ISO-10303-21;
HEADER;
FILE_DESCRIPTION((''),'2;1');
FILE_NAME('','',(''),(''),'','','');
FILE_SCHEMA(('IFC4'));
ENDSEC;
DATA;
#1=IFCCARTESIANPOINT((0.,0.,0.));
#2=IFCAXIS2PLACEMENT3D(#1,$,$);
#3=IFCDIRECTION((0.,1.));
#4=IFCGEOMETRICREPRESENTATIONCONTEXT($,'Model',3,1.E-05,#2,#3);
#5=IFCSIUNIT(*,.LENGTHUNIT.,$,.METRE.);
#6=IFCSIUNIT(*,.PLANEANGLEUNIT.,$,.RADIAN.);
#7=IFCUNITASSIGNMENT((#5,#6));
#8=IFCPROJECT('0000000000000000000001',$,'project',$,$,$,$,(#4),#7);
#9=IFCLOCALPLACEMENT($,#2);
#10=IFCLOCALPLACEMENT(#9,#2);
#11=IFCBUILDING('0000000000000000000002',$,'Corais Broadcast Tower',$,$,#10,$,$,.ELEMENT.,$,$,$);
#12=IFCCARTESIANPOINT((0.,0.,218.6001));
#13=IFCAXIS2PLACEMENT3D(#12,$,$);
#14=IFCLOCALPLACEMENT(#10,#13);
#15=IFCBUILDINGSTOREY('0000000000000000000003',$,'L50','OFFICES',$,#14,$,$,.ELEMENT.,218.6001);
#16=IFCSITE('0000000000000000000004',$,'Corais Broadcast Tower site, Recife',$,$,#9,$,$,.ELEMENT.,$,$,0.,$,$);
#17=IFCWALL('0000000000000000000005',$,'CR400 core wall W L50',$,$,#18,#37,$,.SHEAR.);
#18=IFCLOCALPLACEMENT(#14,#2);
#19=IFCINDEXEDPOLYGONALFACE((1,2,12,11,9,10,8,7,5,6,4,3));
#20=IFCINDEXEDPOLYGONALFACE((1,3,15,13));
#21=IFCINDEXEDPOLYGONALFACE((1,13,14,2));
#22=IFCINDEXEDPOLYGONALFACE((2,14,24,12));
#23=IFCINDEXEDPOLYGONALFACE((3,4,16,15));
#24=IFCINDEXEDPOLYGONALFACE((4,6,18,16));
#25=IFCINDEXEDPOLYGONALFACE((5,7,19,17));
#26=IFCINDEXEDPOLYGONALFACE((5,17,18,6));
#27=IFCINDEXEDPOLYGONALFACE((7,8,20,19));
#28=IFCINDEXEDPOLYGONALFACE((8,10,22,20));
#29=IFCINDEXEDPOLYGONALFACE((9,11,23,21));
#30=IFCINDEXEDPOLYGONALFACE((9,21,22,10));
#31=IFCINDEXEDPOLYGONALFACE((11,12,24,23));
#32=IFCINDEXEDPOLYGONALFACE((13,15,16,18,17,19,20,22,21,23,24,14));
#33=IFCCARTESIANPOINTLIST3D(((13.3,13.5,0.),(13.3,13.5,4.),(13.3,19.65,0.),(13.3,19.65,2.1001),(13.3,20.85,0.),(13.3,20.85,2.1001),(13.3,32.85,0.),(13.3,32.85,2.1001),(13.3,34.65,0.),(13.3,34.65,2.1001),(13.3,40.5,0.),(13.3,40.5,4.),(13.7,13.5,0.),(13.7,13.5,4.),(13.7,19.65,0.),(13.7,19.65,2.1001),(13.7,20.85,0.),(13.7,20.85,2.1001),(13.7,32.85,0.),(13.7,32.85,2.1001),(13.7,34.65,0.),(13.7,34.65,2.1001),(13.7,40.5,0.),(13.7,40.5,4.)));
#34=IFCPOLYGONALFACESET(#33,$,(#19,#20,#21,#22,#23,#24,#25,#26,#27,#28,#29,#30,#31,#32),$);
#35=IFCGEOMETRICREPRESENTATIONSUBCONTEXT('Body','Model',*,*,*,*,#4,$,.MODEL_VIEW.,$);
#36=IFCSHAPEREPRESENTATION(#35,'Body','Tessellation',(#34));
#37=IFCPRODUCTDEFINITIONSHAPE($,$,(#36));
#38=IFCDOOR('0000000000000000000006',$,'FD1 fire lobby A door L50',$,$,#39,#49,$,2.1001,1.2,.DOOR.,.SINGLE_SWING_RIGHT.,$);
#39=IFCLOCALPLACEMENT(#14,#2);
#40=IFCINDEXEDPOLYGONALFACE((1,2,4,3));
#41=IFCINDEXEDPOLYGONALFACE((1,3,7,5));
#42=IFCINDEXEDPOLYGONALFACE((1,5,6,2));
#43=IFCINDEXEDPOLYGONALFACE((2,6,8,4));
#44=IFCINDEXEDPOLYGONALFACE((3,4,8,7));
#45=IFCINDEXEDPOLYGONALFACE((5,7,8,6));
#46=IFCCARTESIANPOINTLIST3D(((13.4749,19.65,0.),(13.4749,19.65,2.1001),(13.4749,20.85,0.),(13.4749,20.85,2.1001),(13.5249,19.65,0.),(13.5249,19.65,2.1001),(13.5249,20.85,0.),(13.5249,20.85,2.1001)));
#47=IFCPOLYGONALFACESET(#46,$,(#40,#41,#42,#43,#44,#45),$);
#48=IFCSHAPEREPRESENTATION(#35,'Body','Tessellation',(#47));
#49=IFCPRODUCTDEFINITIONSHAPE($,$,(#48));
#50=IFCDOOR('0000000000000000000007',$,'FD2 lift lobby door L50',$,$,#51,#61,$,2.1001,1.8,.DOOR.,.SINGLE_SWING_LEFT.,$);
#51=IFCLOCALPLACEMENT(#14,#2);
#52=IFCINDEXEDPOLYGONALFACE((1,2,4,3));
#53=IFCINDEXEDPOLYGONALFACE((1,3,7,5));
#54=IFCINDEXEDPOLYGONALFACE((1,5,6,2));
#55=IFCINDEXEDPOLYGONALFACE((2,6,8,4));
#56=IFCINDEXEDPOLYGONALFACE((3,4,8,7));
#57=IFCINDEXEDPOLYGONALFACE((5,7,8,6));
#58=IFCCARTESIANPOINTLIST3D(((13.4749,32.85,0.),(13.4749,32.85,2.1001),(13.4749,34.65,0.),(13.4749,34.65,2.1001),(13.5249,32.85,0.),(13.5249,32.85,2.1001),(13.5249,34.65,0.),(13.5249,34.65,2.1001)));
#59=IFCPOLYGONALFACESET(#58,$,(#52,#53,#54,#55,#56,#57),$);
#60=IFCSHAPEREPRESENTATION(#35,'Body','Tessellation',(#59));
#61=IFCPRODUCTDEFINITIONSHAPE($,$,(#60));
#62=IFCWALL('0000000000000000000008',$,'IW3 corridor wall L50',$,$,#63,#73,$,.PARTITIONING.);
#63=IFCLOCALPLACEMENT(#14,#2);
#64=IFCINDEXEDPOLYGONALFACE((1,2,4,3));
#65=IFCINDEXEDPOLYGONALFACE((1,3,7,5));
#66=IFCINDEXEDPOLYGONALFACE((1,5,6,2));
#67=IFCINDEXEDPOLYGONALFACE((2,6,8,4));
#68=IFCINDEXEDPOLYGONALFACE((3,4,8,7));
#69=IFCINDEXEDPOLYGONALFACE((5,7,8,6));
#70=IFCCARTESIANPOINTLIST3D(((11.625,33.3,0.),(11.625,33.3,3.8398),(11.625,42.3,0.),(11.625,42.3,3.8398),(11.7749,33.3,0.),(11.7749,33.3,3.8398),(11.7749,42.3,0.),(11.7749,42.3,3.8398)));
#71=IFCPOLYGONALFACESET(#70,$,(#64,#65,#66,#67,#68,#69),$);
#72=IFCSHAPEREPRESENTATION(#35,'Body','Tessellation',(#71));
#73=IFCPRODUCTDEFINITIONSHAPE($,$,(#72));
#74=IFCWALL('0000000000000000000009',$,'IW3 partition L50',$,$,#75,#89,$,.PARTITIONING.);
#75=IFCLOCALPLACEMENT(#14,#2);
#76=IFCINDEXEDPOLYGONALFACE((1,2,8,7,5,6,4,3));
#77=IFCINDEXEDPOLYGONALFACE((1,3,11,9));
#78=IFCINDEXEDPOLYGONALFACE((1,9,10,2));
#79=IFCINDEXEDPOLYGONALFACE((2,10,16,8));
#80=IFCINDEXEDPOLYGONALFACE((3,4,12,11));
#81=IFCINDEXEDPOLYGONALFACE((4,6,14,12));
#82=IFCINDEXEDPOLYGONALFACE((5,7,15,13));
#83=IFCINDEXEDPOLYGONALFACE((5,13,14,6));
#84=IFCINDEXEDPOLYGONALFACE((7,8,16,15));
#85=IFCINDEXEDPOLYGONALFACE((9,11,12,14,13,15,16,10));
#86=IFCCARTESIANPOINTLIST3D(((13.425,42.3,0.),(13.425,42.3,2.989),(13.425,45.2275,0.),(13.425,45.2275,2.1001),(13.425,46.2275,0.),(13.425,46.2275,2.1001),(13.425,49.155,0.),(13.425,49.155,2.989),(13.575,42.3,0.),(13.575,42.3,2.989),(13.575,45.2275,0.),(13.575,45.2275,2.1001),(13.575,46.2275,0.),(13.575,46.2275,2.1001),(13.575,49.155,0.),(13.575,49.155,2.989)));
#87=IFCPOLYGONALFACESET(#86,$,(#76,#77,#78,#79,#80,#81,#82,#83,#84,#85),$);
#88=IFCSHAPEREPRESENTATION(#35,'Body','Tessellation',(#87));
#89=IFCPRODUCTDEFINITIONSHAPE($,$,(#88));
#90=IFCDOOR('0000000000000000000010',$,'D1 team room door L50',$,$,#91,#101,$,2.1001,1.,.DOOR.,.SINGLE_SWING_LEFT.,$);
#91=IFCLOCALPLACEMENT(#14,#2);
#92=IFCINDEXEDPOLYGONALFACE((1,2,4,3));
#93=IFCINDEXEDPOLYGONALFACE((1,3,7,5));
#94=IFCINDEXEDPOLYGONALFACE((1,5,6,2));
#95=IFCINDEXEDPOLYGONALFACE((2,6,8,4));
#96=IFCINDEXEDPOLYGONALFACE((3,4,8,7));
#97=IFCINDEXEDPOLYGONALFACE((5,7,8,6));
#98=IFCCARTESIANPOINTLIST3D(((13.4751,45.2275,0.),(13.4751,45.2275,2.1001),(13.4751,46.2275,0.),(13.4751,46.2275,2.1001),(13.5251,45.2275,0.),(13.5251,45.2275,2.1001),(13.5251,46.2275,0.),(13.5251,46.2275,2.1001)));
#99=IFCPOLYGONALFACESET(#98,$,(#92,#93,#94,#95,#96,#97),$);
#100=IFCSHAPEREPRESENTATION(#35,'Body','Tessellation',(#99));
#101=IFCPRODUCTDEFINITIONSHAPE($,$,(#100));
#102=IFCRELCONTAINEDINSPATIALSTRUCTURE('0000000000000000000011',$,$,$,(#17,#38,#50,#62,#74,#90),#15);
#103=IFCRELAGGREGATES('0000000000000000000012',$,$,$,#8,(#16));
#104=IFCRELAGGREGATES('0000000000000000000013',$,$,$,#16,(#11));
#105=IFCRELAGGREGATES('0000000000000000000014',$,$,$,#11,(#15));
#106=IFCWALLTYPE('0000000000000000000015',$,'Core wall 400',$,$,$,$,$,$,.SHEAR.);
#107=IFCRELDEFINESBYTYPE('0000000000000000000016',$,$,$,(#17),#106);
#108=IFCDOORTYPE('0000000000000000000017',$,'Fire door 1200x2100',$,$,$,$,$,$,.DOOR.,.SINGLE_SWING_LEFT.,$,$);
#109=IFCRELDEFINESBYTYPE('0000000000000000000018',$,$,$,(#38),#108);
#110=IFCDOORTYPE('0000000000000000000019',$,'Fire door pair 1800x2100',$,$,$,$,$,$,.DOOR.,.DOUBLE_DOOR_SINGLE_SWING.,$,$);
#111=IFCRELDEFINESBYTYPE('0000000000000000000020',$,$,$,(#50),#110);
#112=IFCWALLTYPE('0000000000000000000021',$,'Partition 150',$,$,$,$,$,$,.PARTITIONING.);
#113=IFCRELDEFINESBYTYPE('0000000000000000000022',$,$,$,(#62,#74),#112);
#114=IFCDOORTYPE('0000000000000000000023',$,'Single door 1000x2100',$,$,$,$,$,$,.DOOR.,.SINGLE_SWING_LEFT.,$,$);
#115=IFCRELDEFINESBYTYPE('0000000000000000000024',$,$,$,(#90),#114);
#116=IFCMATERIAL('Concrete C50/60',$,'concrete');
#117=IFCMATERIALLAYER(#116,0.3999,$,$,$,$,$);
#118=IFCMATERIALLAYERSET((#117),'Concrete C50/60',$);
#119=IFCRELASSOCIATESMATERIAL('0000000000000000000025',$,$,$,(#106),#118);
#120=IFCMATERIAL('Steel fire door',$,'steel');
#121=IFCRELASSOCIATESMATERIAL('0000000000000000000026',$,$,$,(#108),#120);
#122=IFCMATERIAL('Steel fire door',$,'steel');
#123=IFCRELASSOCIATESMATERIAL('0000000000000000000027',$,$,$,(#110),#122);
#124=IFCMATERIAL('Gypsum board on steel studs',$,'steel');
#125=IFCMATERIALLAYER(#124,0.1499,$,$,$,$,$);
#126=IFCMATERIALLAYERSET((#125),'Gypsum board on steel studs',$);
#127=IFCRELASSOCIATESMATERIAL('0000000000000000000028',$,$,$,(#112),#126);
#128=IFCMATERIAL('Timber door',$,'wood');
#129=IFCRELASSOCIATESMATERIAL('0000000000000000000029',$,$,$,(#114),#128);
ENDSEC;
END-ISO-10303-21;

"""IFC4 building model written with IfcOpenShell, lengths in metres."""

from ifc_helpers import new_model, si_unit, direction, frame, frame_2d, origin, place, context, subcontext, project, spatial, rectangle, extrude, material, layer, layer_set, type_object, element, fill, save


model = new_model("IFC4")

# Units and contexts
model_context = context("Model", 3, precision=1e-05, world=origin(), true_north=direction((0.0, 1.0)))
body_context = subcontext(model_context, "Body", "Model", "MODEL_VIEW")
ifc_project = project(units=[si_unit("LENGTHUNIT", "METRE"), si_unit("PLANEANGLEUNIT", "RADIAN")], contexts=[model_context])

# Site, building, storey
site_placement = place(None, origin())
site = spatial("IfcSite", under=ifc_project, at=site_placement, Name="Corais Broadcast Tower site, Recife", CompositionType="ELEMENT", RefElevation=0.0)
building_placement = place(site_placement, origin())
building = spatial("IfcBuilding", under=site, at=building_placement, Name="Corais Broadcast Tower", CompositionType="ELEMENT")
storey_placement = place(building_placement, frame((0.0, 0.0, 218.6001)))
storey = spatial("IfcBuildingStorey", under=building, at=storey_placement, Name="L50", Description="OFFICES", CompositionType="ELEMENT", Elevation=218.6001)

# Wall, openings, doors
ifc_material_1 = material(Name="Concrete C50/60", Category="concrete")
ifc_layer_1 = layer(ifc_material_1, 0.3999)
ifc_layer_set_1 = layer_set([ifc_layer_1], Name="Concrete C50/60")
wall_type_1 = type_object("IfcWallType", Name="Core wall 400", PredefinedType="SHEAR", material=ifc_layer_set_1)
wall_1_placement = place(storey_placement, frame((13.5, 40.5, 0.0), z_axis=(0.0, 0.0, 1.0), x_axis=(0.0, -1.0, 0.0)))
wall_1 = element("IfcWall", 1, at=wall_1_placement, inside=storey, type_object=wall_type_1, Name="CR400 core wall W L50", PredefinedType="SHEAR", context=body_context, shape_type="SweptSolid", body=[
    extrude(rectangle(XDim=27.0, YDim=0.3999, at=frame_2d((13.5, 0.0))), origin(), (0.0, 0.0, 1.0), 4.0),
])
opening_1_placement = place(wall_1_placement, frame((19.6499, 0.0, 0.0)))
opening_1 = element("IfcOpeningElement", 2, at=opening_1_placement, cuts=wall_1, PredefinedType="OPENING", context=body_context, shape_type="SweptSolid", body=[
    extrude(rectangle(XDim=1.2, YDim=2.1001, at=frame_2d((0.6001, 1.05))), frame((0.0, 0.21, 0.0), z_axis=(0.0, -1.0, 0.0), x_axis=(1.0, 0.0, 0.0)), (0.0, 0.0, 1.0), 0.4199),
])
opening_2_placement = place(wall_1_placement, frame((5.8501, 0.0, 0.0)))
opening_2 = element("IfcOpeningElement", 3, at=opening_2_placement, cuts=wall_1, PredefinedType="OPENING", context=body_context, shape_type="SweptSolid", body=[
    extrude(rectangle(XDim=1.8, YDim=2.1001, at=frame_2d((0.8999, 1.05))), frame((0.0, 0.21, 0.0), z_axis=(0.0, -1.0, 0.0), x_axis=(1.0, 0.0, 0.0)), (0.0, 0.0, 1.0), 0.4199),
])
ifc_material_2 = material(Name="Steel fire door", Category="steel")
door_type_1 = type_object("IfcDoorType", Name="Fire door 1200x2100", OperationType="SINGLE_SWING_LEFT", PredefinedType="DOOR", material=ifc_material_2)
door_1_placement = place(opening_1_placement, origin())
door_1 = element("IfcDoor", 4, at=door_1_placement, inside=storey, type_object=door_type_1, Name="FD1 fire lobby A door L50", OperationType="SINGLE_SWING_RIGHT", OverallHeight=2.1001, OverallWidth=1.2, PredefinedType="DOOR", context=body_context, shape_type="SweptSolid", body=[
    extrude(rectangle(XDim=1.2, YDim=2.1001, at=frame_2d((0.6001, 1.05))), frame((0.0, 0.0249, 0.0), z_axis=(0.0, -1.0, 0.0), x_axis=(1.0, 0.0, 0.0)), (0.0, 0.0, 1.0), 0.05),
])
fill(opening_1, door_1)
ifc_material_3 = material(Name="Steel fire door", Category="steel")
door_type_2 = type_object("IfcDoorType", Name="Fire door pair 1800x2100", OperationType="DOUBLE_DOOR_SINGLE_SWING", PredefinedType="DOOR", material=ifc_material_3)
door_2_placement = place(opening_2_placement, origin())
door_2 = element("IfcDoor", 5, at=door_2_placement, inside=storey, type_object=door_type_2, Name="FD2 lift lobby door L50", OperationType="SINGLE_SWING_LEFT", OverallHeight=2.1001, OverallWidth=1.8, PredefinedType="DOOR", context=body_context, shape_type="SweptSolid", body=[
    extrude(rectangle(XDim=1.8, YDim=2.1001, at=frame_2d((0.8999, 1.05))), frame((0.0, 0.0249, 0.0), z_axis=(0.0, -1.0, 0.0), x_axis=(1.0, 0.0, 0.0)), (0.0, 0.0, 1.0), 0.05),
])
fill(opening_2, door_2)

# Wall
ifc_material_4 = material(Name="Gypsum board on steel studs", Category="steel")
ifc_layer_2 = layer(ifc_material_4, 0.1499)
ifc_layer_set_2 = layer_set([ifc_layer_2], Name="Gypsum board on steel studs")
wall_type_2 = type_object("IfcWallType", Name="Partition 150", PredefinedType="PARTITIONING", material=ifc_layer_set_2)
wall_2_placement = place(storey_placement, frame((11.7, 42.3, 0.0), z_axis=(0.0, 0.0, 1.0), x_axis=(0.0, -1.0, 0.0)))
element("IfcWall", 6, at=wall_2_placement, inside=storey, type_object=wall_type_2, Name="IW3 corridor wall L50", PredefinedType="PARTITIONING", context=body_context, shape_type="SweptSolid", body=[
    extrude(rectangle(XDim=9.0, YDim=0.1499, at=frame_2d((4.5, 0.0))), origin(), (0.0, 0.0, 1.0), 3.8398),
])

# Wall, opening, door
wall_3_placement = place(storey_placement, frame((13.5, 42.3, 0.0), z_axis=(0.0, 0.0, 1.0), x_axis=(0.0, 1.0, 0.0)))
wall_3 = element("IfcWall", 7, at=wall_3_placement, inside=storey, type_object=wall_type_2, Name="IW3 partition L50", PredefinedType="PARTITIONING", context=body_context, shape_type="SweptSolid", body=[
    extrude(rectangle(XDim=6.855, YDim=0.1499, at=frame_2d((3.4275, 0.0))), origin(), (0.0, 0.0, 1.0), 2.989),
])
opening_3_placement = place(wall_3_placement, frame((2.9275, 0.0, 0.0)))
opening_3 = element("IfcOpeningElement", 8, at=opening_3_placement, cuts=wall_3, PredefinedType="OPENING", context=body_context, shape_type="SweptSolid", body=[
    extrude(rectangle(XDim=1.0, YDim=2.1001, at=frame_2d((0.5, 1.05))), frame((0.0, 0.085, 0.0), z_axis=(0.0, -1.0, 0.0), x_axis=(1.0, 0.0, 0.0)), (0.0, 0.0, 1.0), 0.1699),
])
ifc_material_5 = material(Name="Timber door", Category="wood")
door_type_3 = type_object("IfcDoorType", Name="Single door 1000x2100", OperationType="SINGLE_SWING_LEFT", PredefinedType="DOOR", material=ifc_material_5)
door_3_placement = place(opening_3_placement, origin())
door_3 = element("IfcDoor", 9, at=door_3_placement, inside=storey, type_object=door_type_3, Name="D1 team room door L50", OperationType="SINGLE_SWING_LEFT", OverallHeight=2.1001, OverallWidth=1.0, PredefinedType="DOOR", context=body_context, shape_type="SweptSolid", body=[
    extrude(rectangle(XDim=1.0, YDim=2.1001, at=frame_2d((0.5, 1.05))), frame((0.0, 0.0249, 0.0), z_axis=(0.0, -1.0, 0.0), x_axis=(1.0, 0.0, 0.0)), (0.0, 0.0, 1.0), 0.05),
])
fill(opening_3, door_3)

save(model, "model.ifc")
